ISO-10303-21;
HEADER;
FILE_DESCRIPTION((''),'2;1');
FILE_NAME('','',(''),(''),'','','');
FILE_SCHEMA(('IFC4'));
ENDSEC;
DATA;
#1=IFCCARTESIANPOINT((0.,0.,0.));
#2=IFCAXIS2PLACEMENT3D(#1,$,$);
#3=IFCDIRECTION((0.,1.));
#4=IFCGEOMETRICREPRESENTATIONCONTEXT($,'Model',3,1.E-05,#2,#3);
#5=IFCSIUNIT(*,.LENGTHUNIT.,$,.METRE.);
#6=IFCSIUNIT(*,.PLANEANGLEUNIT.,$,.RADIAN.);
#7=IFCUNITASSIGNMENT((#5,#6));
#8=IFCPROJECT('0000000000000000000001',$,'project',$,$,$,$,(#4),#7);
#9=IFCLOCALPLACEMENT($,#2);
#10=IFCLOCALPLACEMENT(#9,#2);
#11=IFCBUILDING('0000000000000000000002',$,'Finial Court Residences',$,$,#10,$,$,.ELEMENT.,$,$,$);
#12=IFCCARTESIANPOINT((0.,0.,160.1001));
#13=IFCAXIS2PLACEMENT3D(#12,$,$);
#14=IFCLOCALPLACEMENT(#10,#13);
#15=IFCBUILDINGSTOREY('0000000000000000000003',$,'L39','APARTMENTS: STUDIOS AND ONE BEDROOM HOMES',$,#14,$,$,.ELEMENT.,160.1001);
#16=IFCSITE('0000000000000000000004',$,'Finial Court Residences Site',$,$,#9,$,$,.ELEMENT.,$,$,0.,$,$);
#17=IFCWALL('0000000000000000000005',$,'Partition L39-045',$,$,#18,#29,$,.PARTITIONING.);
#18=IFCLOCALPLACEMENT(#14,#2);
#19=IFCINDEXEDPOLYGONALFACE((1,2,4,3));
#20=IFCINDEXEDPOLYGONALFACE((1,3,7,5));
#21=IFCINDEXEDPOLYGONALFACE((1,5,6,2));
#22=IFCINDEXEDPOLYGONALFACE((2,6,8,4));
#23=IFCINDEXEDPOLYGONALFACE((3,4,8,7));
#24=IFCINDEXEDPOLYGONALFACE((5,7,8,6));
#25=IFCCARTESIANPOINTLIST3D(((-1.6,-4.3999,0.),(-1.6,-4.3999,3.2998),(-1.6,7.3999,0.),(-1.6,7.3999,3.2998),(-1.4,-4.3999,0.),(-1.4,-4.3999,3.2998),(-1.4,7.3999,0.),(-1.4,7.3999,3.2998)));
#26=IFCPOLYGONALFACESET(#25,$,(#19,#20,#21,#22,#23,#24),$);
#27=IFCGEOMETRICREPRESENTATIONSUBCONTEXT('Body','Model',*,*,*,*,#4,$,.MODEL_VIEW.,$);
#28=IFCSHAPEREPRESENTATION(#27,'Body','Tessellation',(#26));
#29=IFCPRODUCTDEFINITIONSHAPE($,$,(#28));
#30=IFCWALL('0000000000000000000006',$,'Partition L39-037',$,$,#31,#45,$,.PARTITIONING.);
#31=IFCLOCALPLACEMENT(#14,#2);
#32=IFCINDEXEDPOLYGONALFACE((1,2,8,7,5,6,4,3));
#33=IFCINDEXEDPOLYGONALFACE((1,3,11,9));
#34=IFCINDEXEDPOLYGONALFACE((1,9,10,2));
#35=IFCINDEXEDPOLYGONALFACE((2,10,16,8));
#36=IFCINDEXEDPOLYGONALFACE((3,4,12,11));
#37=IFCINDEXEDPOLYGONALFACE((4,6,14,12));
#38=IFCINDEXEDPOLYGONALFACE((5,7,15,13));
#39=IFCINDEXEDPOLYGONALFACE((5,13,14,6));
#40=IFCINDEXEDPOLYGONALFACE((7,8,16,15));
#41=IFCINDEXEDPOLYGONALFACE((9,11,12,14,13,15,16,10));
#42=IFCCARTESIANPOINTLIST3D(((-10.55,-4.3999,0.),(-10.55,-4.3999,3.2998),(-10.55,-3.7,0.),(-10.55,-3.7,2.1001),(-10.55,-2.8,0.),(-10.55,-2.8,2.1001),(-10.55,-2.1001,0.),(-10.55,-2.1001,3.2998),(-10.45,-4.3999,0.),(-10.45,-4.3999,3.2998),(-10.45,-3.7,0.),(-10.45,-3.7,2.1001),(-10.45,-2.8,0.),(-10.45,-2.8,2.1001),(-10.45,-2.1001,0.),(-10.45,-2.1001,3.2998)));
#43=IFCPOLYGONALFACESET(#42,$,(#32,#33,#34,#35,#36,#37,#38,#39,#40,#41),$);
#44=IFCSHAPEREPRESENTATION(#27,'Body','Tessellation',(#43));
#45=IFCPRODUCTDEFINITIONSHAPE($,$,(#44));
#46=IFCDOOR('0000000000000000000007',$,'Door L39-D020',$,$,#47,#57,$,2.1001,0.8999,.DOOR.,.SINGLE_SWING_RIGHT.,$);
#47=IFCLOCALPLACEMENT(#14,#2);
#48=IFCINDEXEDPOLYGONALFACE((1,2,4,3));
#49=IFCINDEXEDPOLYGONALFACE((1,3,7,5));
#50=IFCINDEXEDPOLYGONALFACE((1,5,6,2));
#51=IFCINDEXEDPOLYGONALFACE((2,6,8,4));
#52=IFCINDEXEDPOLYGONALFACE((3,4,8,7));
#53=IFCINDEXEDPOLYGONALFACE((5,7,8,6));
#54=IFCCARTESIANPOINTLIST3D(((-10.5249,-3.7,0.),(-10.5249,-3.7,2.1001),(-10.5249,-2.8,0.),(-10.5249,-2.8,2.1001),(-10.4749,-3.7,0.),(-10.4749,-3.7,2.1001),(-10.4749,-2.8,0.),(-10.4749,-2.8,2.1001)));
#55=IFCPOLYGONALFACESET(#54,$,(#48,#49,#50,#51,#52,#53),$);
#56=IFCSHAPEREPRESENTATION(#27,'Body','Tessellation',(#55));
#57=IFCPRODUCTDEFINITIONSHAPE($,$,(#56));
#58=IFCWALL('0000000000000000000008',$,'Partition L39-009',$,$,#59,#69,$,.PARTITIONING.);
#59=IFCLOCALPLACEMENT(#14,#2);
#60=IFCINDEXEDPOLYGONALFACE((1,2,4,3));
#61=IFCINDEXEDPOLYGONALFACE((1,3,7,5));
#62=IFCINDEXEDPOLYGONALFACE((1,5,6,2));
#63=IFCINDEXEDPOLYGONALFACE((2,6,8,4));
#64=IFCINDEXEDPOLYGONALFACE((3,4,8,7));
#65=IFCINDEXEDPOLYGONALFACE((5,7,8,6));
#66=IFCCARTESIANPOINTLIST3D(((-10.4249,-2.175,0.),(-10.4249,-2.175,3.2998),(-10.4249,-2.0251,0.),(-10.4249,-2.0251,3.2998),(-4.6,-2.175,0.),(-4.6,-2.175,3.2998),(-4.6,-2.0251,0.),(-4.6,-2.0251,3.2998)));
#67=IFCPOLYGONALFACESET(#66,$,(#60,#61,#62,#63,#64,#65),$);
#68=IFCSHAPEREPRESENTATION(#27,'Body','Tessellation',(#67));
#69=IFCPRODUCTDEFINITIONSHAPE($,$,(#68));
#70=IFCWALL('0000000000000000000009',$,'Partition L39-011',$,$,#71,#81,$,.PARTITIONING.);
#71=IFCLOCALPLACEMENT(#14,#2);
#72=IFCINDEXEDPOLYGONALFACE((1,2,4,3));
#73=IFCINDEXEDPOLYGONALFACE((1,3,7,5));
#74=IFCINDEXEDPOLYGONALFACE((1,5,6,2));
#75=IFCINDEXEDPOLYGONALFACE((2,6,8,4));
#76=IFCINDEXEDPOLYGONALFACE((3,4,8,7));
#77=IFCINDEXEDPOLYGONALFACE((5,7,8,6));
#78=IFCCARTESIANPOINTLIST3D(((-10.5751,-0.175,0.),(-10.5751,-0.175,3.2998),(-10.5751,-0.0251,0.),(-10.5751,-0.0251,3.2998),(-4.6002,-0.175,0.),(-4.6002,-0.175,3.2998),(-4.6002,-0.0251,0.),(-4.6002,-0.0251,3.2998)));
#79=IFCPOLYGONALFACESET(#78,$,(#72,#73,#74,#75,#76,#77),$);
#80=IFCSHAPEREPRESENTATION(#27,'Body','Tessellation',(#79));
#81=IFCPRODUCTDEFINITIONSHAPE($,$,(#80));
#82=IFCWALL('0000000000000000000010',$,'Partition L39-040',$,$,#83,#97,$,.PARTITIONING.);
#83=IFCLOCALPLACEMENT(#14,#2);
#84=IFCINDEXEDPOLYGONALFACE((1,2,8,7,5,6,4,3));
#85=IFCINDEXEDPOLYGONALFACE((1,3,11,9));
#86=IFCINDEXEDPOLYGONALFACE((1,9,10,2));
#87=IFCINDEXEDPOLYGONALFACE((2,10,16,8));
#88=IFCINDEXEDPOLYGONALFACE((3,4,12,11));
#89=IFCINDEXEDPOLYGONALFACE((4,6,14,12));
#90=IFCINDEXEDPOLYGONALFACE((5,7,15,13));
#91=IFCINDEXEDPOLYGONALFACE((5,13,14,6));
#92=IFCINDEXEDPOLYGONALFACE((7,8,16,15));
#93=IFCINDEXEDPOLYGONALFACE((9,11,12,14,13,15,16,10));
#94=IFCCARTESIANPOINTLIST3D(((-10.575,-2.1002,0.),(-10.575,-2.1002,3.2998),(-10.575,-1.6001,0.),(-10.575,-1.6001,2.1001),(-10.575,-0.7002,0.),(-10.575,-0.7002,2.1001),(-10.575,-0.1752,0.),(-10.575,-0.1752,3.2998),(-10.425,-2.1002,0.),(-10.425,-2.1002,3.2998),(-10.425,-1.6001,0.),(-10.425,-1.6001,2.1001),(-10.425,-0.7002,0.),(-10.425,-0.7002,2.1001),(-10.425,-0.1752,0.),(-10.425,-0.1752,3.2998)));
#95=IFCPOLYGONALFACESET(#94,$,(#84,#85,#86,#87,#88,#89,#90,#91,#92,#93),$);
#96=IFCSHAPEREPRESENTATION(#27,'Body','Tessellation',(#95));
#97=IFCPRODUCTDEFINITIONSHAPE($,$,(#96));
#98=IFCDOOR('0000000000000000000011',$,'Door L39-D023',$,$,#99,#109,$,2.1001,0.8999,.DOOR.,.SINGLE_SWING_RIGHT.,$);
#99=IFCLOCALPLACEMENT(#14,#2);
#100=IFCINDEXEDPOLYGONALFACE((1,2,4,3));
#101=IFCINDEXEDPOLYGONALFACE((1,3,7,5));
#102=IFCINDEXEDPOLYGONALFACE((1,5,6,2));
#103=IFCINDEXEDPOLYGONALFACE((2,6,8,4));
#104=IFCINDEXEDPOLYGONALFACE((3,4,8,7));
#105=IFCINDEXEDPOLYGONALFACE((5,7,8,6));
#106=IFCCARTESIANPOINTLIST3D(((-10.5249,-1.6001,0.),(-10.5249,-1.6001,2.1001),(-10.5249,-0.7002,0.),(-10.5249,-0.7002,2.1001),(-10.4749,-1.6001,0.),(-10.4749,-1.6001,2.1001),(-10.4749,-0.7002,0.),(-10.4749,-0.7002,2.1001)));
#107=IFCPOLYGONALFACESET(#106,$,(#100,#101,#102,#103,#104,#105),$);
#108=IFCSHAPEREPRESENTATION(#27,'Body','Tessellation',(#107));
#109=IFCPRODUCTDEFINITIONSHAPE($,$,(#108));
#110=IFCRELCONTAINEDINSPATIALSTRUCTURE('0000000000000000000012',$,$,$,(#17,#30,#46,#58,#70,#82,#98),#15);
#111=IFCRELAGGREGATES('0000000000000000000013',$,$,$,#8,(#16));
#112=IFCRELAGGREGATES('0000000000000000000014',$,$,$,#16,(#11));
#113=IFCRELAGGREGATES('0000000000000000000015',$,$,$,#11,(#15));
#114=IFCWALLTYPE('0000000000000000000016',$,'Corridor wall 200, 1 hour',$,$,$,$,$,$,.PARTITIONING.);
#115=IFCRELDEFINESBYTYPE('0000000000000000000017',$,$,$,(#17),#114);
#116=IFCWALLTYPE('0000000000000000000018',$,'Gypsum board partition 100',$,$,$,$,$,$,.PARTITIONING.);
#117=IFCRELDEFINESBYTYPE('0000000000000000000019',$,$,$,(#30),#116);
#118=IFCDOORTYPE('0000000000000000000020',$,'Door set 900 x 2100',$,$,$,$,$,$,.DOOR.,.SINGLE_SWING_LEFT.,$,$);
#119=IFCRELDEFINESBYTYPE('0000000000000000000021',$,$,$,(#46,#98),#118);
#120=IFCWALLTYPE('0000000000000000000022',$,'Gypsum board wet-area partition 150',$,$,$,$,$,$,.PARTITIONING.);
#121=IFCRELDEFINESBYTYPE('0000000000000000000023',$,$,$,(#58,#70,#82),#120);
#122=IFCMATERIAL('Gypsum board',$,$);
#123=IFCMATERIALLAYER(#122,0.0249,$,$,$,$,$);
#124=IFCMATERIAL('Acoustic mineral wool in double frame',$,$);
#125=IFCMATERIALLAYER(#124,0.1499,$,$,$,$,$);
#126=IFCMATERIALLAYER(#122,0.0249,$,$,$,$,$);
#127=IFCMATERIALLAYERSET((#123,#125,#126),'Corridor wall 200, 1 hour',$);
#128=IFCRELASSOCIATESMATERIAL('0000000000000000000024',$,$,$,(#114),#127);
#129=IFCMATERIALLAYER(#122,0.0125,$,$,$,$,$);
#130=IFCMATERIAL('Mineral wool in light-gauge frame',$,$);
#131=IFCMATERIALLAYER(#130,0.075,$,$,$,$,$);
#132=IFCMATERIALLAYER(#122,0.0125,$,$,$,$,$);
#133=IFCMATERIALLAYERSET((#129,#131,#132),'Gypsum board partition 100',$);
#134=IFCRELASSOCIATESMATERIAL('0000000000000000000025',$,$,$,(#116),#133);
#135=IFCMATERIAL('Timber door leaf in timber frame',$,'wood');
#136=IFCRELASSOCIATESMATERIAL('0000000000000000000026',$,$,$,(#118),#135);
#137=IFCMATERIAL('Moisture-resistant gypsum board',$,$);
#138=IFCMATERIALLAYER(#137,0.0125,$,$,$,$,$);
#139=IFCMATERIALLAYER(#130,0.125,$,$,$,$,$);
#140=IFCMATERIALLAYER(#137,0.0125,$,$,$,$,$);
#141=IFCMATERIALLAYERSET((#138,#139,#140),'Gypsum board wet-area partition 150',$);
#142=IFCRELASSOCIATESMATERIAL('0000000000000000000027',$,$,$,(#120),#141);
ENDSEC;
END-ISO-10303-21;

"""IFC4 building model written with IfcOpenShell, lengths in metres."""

from ifc_helpers import new_model, si_unit, direction, frame, frame_2d, origin, place, context, subcontext, project, spatial, rectangle, extrude, material, layer, layer_set, type_object, element, fill, save


model = new_model("IFC4")

# Units and contexts
model_context = context("Model", 3, precision=1e-05, world=origin(), true_north=direction((0.0, 1.0)))
body_context = subcontext(model_context, "Body", "Model", "MODEL_VIEW")
ifc_project = project(units=[si_unit("LENGTHUNIT", "METRE"), si_unit("PLANEANGLEUNIT", "RADIAN")], contexts=[model_context])

# Site, building, storey
site_placement = place(None, origin())
site = spatial("IfcSite", under=ifc_project, at=site_placement, Name="Finial Court Residences Site", CompositionType="ELEMENT", RefElevation=0.0)
building_placement = place(site_placement, origin())
building = spatial("IfcBuilding", under=site, at=building_placement, Name="Finial Court Residences", CompositionType="ELEMENT")
storey_placement = place(building_placement, frame((0.0, 0.0, 160.1001)))
storey = spatial("IfcBuildingStorey", under=building, at=storey_placement, Name="L39", Description="APARTMENTS: STUDIOS AND ONE BEDROOM HOMES", CompositionType="ELEMENT", Elevation=160.1001)

# Shared definitions
ifc_material_1 = material(Name="Gypsum board")
ifc_layer_1 = layer(ifc_material_1, 0.0249)
ifc_material_2 = material(Name="Acoustic mineral wool in double frame")
ifc_layer_2 = layer(ifc_material_2, 0.1499)
ifc_layer_3 = layer(ifc_material_1, 0.0249)
ifc_layer_set_1 = layer_set([ifc_layer_1, ifc_layer_2, ifc_layer_3], Name="Corridor wall 200, 1 hour")
wall_type_1 = type_object("IfcWallType", Name="Corridor wall 200, 1 hour", PredefinedType="PARTITIONING", material=ifc_layer_set_1)

# Wall
wall_1_placement = place(storey_placement, frame((-1.5, -4.3999, 0.0), z_axis=(0.0, 0.0, 1.0), x_axis=(0.0, 1.0, 0.0)))
element("IfcWall", 1, at=wall_1_placement, inside=storey, type_object=wall_type_1, Name="Partition L39-045", PredefinedType="PARTITIONING", context=body_context, shape_type="SweptSolid", body=[
    extrude(rectangle(XDim=11.7998, YDim=0.2, at=frame_2d((5.8999, 0.0))), origin(), (0.0, 0.0, 1.0), 3.2998),
])

# Wall, opening, door
ifc_layer_4 = layer(ifc_material_1, 0.0125)
ifc_material_3 = material(Name="Mineral wool in light-gauge frame")
ifc_layer_5 = layer(ifc_material_3, 0.075)
ifc_layer_6 = layer(ifc_material_1, 0.0125)
ifc_layer_set_2 = layer_set([ifc_layer_4, ifc_layer_5, ifc_layer_6], Name="Gypsum board partition 100")
wall_type_2 = type_object("IfcWallType", Name="Gypsum board partition 100", PredefinedType="PARTITIONING", material=ifc_layer_set_2)
wall_2_placement = place(storey_placement, frame((-10.5, -4.3999, 0.0), z_axis=(0.0, 0.0, 1.0), x_axis=(0.0, 1.0, 0.0)))
wall_2 = element("IfcWall", 2, at=wall_2_placement, inside=storey, type_object=wall_type_2, Name="Partition L39-037", PredefinedType="PARTITIONING", context=body_context, shape_type="SweptSolid", body=[
    extrude(rectangle(XDim=2.2998, YDim=0.1001, at=frame_2d((1.1499, 0.0))), origin(), (0.0, 0.0, 1.0), 3.2998),
])
opening_1_placement = place(wall_2_placement, frame((0.7, 0.0, 0.0)))
opening_1 = element("IfcOpeningElement", 3, at=opening_1_placement, cuts=wall_2, PredefinedType="OPENING", context=body_context, shape_type="SweptSolid", body=[
    extrude(rectangle(XDim=0.8999, YDim=2.1001, at=frame_2d((0.45, 1.05))), frame((0.0, 0.0601, 0.0), z_axis=(0.0, -1.0, 0.0), x_axis=(1.0, 0.0, 0.0)), (0.0, 0.0, 1.0), 0.1201),
])
ifc_material_4 = material(Name="Timber door leaf in timber frame", Category="wood")
door_type_1 = type_object("IfcDoorType", Name="Door set 900 x 2100", OperationType="SINGLE_SWING_LEFT", PredefinedType="DOOR", material=ifc_material_4)
door_1_placement = place(opening_1_placement, origin())
door_1 = element("IfcDoor", 4, at=door_1_placement, inside=storey, type_object=door_type_1, Name="Door L39-D020", OperationType="SINGLE_SWING_RIGHT", OverallHeight=2.1001, OverallWidth=0.8999, PredefinedType="DOOR", context=body_context, shape_type="SweptSolid", body=[
    extrude(rectangle(XDim=0.8999, YDim=2.1001, at=frame_2d((0.45, 1.05))), frame((0.0, 0.0249, 0.0), z_axis=(0.0, -1.0, 0.0), x_axis=(1.0, 0.0, 0.0)), (0.0, 0.0, 1.0), 0.05),
])
fill(opening_1, door_1)

# Walls
ifc_material_5 = material(Name="Moisture-resistant gypsum board")
ifc_layer_7 = layer(ifc_material_5, 0.0125)
ifc_layer_8 = layer(ifc_material_3, 0.125)
ifc_layer_9 = layer(ifc_material_5, 0.0125)
ifc_layer_set_3 = layer_set([ifc_layer_7, ifc_layer_8, ifc_layer_9], Name="Gypsum board wet-area partition 150")
wall_type_3 = type_object("IfcWallType", Name="Gypsum board wet-area partition 150", PredefinedType="PARTITIONING", material=ifc_layer_set_3)
wall_3_placement = place(storey_placement, frame((-10.425, -2.1001, 0.0), z_axis=(0.0, 0.0, 1.0), x_axis=(1.0, 0.0, 0.0)))
element("IfcWall", 5, at=wall_3_placement, inside=storey, type_object=wall_type_3, Name="Partition L39-009", PredefinedType="PARTITIONING", context=body_context, shape_type="SweptSolid", body=[
    extrude(rectangle(XDim=5.825, YDim=0.1499, at=frame_2d((2.9126, 0.0))), origin(), (0.0, 0.0, 1.0), 3.2998),
])
wall_4_placement = place(storey_placement, frame((-10.575, -0.1001, 0.0), z_axis=(0.0, 0.0, 1.0), x_axis=(1.0, 0.0, 0.0)))
element("IfcWall", 6, at=wall_4_placement, inside=storey, type_object=wall_type_3, Name="Partition L39-011", PredefinedType="PARTITIONING", context=body_context, shape_type="SweptSolid", body=[
    extrude(rectangle(XDim=5.9749, YDim=0.1499, at=frame_2d((2.9873, 0.0))), origin(), (0.0, 0.0, 1.0), 3.2998),
])

# Wall, opening, door
wall_5_placement = place(storey_placement, frame((-10.5, -2.1001, 0.0), z_axis=(0.0, 0.0, 1.0), x_axis=(0.0, 1.0, 0.0)))
wall_5 = element("IfcWall", 7, at=wall_5_placement, inside=storey, type_object=wall_type_3, Name="Partition L39-040", PredefinedType="PARTITIONING", context=body_context, shape_type="SweptSolid", body=[
    extrude(rectangle(XDim=1.925, YDim=0.1499, at=frame_2d((0.9624, 0.0))), origin(), (0.0, 0.0, 1.0), 3.2998),
])
opening_2_placement = place(wall_5_placement, frame((0.5, 0.0, 0.0)))
opening_2 = element("IfcOpeningElement", 8, at=opening_2_placement, cuts=wall_5, PredefinedType="OPENING", context=body_context, shape_type="SweptSolid", body=[
    extrude(rectangle(XDim=0.8999, YDim=2.1001, at=frame_2d((0.45, 1.05))), frame((0.0, 0.085, 0.0), z_axis=(0.0, -1.0, 0.0), x_axis=(1.0, 0.0, 0.0)), (0.0, 0.0, 1.0), 0.1699),
])
door_2_placement = place(opening_2_placement, origin())
door_2 = element("IfcDoor", 9, at=door_2_placement, inside=storey, type_object=door_type_1, Name="Door L39-D023", OperationType="SINGLE_SWING_RIGHT", OverallHeight=2.1001, OverallWidth=0.8999, PredefinedType="DOOR", context=body_context, shape_type="SweptSolid", body=[
    extrude(rectangle(XDim=0.8999, YDim=2.1001, at=frame_2d((0.45, 1.05))), frame((0.0, 0.0249, 0.0), z_axis=(0.0, -1.0, 0.0), x_axis=(1.0, 0.0, 0.0)), (0.0, 0.0, 1.0), 0.05),
])
fill(opening_2, door_2)

save(model, "model.ifc")
